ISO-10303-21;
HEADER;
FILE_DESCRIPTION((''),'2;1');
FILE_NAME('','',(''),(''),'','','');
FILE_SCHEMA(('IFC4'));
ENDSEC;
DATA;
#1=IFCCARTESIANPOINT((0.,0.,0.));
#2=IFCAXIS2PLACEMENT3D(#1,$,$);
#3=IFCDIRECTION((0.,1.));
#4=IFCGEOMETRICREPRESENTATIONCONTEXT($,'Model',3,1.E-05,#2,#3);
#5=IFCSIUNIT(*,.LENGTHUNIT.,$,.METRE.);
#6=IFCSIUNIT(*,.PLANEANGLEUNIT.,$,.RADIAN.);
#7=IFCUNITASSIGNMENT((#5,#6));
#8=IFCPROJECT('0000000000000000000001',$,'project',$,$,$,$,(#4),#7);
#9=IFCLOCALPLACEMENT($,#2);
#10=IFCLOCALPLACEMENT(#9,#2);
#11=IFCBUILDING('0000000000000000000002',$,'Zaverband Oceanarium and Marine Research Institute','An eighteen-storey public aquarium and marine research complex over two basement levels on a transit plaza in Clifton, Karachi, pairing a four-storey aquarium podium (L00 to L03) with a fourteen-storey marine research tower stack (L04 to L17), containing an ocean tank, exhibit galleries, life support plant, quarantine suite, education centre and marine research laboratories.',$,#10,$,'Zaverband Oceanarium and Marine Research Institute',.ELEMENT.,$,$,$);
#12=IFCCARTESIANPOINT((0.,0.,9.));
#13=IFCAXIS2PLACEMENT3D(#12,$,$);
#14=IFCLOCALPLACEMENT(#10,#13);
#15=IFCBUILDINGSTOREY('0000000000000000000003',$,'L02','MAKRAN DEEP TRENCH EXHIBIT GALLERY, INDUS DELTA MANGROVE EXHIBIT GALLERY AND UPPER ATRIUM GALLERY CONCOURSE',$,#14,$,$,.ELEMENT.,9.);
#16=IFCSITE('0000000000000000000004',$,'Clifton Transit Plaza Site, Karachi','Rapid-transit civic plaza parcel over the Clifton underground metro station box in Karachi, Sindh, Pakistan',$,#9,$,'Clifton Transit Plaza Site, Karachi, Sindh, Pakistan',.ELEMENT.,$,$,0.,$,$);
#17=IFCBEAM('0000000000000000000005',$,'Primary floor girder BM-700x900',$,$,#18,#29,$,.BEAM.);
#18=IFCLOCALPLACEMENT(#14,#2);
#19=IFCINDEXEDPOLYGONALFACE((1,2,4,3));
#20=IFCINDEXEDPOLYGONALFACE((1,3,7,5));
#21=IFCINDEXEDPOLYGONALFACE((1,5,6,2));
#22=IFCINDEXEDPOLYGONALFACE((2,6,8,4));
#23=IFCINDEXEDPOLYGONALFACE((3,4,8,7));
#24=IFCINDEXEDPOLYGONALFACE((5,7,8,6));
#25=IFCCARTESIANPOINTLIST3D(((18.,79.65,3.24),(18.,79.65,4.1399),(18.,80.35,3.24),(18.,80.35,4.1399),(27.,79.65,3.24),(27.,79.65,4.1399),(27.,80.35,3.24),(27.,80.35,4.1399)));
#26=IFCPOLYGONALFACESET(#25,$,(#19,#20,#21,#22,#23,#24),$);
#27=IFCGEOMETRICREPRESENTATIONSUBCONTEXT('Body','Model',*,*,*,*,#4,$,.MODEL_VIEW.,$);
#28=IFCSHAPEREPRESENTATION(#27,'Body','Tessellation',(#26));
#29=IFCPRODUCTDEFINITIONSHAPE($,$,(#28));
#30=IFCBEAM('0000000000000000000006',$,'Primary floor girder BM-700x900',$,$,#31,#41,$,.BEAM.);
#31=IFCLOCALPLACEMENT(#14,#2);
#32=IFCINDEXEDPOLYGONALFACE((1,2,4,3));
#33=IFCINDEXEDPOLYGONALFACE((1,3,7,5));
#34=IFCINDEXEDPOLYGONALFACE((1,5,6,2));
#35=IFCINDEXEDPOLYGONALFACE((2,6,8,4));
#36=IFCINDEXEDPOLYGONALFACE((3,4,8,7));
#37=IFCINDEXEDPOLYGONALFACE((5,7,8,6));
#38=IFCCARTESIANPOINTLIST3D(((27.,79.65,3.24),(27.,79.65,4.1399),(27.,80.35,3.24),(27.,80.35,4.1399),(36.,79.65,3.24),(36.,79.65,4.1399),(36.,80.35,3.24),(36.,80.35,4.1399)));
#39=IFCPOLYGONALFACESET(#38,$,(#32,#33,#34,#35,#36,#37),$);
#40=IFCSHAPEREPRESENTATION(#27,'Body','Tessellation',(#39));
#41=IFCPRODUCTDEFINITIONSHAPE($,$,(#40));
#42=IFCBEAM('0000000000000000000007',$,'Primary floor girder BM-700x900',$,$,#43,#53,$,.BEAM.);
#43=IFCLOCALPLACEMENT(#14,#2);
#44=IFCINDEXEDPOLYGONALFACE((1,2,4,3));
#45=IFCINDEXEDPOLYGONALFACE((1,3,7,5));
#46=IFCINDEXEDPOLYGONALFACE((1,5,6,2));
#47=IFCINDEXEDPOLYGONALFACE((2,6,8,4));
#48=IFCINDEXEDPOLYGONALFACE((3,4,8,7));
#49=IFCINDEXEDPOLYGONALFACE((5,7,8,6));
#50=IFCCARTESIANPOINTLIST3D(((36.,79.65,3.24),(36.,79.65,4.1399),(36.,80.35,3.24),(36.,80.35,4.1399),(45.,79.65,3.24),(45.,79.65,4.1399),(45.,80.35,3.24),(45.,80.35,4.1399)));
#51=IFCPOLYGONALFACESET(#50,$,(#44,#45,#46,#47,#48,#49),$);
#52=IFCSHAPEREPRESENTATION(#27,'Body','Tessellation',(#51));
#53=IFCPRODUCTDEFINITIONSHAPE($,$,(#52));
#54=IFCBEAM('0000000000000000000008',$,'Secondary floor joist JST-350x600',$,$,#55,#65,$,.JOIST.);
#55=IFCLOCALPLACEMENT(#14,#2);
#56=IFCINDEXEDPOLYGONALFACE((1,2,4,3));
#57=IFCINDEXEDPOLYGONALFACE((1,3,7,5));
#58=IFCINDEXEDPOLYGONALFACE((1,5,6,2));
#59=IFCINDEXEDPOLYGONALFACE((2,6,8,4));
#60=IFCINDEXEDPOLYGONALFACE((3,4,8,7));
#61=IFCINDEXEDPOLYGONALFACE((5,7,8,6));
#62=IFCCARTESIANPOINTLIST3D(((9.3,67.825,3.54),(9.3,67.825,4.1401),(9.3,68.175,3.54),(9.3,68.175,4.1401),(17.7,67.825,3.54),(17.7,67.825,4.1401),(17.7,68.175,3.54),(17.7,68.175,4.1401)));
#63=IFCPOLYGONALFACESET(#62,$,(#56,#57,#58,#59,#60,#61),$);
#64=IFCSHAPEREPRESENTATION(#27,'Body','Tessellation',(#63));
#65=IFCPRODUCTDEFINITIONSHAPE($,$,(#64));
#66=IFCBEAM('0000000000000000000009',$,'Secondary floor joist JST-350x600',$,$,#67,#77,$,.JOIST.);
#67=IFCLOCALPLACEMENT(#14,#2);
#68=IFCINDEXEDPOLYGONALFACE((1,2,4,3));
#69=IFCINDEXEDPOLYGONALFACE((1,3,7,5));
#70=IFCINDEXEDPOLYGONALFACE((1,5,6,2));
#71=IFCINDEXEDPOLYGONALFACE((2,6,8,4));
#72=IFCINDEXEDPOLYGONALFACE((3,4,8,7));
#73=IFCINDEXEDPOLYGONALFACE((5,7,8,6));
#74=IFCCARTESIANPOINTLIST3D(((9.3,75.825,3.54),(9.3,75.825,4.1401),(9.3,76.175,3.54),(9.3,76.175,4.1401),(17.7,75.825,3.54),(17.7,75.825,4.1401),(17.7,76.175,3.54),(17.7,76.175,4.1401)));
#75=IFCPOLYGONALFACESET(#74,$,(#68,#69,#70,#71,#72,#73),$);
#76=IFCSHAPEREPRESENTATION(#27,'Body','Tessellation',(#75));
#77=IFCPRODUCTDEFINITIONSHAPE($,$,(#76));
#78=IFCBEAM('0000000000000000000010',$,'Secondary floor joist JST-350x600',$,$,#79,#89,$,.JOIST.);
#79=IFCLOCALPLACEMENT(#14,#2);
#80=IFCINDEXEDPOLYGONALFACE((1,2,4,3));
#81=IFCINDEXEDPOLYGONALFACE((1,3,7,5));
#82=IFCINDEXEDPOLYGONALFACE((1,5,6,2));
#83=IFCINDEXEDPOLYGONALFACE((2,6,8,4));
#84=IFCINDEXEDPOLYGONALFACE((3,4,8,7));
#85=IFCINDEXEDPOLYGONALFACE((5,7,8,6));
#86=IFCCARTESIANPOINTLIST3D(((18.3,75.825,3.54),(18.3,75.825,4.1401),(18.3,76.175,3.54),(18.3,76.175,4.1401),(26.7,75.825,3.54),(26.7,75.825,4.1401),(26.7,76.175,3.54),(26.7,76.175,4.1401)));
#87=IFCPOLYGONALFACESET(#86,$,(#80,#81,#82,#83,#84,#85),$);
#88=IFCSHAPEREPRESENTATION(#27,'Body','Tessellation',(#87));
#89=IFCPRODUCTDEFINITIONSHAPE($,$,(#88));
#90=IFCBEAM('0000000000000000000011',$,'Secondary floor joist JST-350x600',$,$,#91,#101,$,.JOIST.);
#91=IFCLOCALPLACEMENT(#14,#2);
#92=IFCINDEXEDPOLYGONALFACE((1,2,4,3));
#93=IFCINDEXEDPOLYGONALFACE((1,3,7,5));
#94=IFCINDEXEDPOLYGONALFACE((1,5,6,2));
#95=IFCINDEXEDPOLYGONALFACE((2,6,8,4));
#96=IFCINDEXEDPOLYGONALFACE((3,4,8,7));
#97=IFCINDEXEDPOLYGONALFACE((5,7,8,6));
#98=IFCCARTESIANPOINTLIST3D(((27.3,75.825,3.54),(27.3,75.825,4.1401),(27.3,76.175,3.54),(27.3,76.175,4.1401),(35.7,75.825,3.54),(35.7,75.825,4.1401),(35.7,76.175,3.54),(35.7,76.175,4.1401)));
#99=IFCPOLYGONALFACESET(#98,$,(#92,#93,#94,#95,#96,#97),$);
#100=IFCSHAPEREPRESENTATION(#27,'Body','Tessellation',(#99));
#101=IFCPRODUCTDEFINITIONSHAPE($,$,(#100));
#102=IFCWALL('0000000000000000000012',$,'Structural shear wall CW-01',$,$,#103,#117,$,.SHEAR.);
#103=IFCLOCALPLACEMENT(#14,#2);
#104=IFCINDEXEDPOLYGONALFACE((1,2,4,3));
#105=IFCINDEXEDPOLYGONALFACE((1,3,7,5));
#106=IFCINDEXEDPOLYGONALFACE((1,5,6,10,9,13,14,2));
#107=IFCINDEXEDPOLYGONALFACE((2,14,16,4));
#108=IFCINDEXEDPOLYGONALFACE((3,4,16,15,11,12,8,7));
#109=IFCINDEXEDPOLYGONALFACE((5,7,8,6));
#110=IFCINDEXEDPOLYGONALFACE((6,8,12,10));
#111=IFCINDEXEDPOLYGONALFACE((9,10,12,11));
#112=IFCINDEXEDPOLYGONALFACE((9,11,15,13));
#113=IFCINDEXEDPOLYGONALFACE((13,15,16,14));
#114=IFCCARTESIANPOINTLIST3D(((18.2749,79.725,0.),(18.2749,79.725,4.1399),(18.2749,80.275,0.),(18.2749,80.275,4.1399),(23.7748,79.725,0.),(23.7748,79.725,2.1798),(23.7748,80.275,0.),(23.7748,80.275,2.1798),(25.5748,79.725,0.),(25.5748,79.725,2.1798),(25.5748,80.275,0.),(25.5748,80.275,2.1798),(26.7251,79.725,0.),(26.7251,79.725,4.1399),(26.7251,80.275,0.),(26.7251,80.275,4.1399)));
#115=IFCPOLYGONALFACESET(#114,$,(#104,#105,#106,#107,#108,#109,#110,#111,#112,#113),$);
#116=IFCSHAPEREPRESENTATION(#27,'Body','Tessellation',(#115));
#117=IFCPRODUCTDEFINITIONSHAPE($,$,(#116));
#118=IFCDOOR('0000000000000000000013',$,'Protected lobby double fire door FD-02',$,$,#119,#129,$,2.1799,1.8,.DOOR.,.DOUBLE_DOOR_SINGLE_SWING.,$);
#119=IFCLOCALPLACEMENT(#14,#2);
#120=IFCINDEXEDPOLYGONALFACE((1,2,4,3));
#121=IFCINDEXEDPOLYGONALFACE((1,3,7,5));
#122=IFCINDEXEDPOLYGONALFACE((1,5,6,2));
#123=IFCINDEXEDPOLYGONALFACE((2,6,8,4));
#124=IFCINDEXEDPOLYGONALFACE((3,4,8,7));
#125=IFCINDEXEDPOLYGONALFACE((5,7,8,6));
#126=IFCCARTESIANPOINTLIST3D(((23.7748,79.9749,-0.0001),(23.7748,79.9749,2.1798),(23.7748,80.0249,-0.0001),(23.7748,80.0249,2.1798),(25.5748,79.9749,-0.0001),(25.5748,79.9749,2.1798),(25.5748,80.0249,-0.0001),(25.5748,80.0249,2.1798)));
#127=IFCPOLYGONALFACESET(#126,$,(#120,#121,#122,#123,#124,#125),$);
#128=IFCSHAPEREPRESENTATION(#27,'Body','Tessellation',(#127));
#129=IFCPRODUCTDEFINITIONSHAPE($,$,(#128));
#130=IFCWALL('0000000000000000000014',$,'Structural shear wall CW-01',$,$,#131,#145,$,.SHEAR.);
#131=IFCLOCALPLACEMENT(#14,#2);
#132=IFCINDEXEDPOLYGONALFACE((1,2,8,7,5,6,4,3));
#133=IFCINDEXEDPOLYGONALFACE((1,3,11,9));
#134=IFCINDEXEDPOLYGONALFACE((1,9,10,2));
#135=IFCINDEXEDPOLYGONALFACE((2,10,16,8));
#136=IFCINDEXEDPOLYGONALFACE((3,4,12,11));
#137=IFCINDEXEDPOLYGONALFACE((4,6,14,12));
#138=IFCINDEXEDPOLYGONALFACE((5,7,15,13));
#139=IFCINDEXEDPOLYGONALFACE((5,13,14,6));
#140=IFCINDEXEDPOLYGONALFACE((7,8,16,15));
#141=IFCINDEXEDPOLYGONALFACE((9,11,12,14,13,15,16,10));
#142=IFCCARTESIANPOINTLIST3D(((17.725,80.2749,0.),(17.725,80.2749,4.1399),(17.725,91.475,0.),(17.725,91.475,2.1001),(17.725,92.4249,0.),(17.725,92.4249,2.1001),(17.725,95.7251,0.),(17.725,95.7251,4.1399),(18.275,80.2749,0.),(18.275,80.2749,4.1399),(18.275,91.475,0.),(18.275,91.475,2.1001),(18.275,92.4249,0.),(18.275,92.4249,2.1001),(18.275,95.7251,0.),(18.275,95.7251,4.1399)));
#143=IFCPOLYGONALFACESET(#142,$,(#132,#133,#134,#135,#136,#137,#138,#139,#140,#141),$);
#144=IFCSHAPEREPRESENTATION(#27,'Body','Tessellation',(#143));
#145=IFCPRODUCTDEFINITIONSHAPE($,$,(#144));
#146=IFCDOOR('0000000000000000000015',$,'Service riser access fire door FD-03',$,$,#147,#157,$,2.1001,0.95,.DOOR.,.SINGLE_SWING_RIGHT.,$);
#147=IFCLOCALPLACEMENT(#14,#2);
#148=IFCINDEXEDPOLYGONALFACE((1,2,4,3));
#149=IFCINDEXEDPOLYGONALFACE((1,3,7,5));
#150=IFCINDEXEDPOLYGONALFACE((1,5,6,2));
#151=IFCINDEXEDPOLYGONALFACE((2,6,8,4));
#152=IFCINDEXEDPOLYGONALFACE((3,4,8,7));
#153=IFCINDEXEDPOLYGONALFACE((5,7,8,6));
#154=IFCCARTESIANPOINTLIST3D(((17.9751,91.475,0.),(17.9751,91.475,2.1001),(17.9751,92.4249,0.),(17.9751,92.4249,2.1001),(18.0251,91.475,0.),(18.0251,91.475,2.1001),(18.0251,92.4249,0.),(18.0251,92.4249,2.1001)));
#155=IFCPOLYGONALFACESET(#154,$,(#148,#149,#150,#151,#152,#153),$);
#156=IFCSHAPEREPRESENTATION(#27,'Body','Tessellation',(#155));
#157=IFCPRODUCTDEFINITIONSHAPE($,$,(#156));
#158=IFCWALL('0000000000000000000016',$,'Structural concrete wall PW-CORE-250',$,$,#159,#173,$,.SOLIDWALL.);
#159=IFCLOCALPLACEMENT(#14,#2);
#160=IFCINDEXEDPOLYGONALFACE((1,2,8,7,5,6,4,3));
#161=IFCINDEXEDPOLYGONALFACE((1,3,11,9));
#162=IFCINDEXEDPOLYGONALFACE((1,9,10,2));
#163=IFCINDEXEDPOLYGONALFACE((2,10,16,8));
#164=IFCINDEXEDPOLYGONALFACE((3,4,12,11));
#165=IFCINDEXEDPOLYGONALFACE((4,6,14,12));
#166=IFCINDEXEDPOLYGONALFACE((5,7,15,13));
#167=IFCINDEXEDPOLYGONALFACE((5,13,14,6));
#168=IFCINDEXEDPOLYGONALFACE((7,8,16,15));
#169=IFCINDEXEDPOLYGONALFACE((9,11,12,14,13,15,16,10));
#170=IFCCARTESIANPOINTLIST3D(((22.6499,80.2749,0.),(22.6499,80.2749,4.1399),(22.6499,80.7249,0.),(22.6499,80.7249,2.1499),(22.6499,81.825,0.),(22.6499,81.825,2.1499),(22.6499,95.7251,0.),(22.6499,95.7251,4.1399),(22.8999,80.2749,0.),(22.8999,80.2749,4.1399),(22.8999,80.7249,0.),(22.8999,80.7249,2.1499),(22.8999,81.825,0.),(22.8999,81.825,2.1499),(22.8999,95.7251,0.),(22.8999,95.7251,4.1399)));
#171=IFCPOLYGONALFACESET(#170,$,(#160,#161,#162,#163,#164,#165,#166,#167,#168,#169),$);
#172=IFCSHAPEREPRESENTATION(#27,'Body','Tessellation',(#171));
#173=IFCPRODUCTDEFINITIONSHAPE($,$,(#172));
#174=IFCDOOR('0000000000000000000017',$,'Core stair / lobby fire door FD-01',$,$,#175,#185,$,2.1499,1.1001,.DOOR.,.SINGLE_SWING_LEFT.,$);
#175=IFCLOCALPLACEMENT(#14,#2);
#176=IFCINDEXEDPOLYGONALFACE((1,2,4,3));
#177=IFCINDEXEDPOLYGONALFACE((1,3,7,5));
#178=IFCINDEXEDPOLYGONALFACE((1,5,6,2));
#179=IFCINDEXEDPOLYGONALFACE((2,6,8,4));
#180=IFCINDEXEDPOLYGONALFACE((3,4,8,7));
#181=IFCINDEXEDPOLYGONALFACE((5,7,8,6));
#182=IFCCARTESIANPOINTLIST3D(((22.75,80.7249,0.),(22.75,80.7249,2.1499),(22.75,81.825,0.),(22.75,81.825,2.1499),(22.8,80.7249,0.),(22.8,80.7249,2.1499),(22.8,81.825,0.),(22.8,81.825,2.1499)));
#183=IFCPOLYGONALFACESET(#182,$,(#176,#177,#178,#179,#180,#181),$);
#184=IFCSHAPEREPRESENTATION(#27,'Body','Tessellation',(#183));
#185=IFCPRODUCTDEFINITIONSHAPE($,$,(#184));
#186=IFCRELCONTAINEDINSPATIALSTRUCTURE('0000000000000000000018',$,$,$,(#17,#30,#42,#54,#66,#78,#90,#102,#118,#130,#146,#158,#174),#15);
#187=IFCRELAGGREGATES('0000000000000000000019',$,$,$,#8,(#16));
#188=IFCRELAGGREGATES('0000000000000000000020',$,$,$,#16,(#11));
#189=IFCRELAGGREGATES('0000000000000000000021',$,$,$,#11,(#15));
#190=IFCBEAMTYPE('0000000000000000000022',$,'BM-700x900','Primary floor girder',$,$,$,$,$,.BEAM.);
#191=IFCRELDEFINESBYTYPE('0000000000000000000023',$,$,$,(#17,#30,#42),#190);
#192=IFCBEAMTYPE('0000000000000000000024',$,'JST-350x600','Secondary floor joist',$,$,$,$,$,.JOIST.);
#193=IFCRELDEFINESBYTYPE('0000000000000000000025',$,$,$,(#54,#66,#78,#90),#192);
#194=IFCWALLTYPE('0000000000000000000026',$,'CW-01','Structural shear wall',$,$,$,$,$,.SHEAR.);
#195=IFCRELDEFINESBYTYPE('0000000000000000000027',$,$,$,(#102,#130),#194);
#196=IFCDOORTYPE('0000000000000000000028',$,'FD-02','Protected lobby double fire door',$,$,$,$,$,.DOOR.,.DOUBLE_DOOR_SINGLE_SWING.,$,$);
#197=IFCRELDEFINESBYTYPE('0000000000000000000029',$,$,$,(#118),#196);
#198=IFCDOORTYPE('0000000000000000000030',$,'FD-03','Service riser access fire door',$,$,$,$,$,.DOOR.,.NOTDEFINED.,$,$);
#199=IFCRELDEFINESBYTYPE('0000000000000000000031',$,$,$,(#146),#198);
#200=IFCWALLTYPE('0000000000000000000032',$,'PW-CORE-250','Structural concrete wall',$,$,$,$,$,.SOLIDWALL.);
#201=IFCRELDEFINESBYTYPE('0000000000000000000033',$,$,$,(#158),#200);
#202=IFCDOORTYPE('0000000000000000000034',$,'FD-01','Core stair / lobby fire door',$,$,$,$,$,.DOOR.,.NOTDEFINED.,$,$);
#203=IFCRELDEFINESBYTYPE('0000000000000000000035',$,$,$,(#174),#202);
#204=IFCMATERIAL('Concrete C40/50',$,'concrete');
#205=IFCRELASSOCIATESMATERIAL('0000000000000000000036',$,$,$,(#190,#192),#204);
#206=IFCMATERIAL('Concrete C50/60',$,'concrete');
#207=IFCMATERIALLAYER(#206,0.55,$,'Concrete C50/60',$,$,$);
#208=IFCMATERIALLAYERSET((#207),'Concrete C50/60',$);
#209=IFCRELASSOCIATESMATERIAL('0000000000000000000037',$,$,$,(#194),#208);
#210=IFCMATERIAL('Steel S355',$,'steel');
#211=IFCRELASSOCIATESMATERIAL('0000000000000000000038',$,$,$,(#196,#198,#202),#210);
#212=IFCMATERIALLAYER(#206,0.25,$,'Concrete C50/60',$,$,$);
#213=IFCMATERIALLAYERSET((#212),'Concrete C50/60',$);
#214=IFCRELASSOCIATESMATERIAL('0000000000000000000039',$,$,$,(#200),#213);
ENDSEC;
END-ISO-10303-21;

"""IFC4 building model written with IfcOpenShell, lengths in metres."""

from ifc_helpers import new_model, si_unit, direction, frame, frame_2d, origin, origin_2d, place, context, subcontext, project, spatial, rectangle, extrude, material, layer, layer_set, material_profile, profile_set, type_object, element, fill, save


model = new_model("IFC4")

# Units and contexts
model_context = context("Model", 3, precision=1e-05, world=origin(), true_north=direction((0.0, 1.0)))
body_context = subcontext(model_context, "Body", "Model", "MODEL_VIEW")
ifc_project = project(units=[si_unit("LENGTHUNIT", "METRE"), si_unit("PLANEANGLEUNIT", "RADIAN")], contexts=[model_context])

# Site, building, storey
site_placement = place(None, origin())
site = spatial("IfcSite", under=ifc_project, at=site_placement, Name="Clifton Transit Plaza Site, Karachi", Description="Rapid-transit civic plaza parcel over the Clifton underground metro station box in Karachi, Sindh, Pakistan", LongName="Clifton Transit Plaza Site, Karachi, Sindh, Pakistan", CompositionType="ELEMENT", RefElevation=0.0)
building_placement = place(site_placement, origin())
building = spatial("IfcBuilding", under=site, at=building_placement, Name="Zaverband Oceanarium and Marine Research Institute", Description="An eighteen-storey public aquarium and marine research complex over two basement levels on a transit plaza in Clifton, Karachi, pairing a four-storey aquarium podium (L00 to L03) with a fourteen-storey marine research tower stack (L04 to L17), containing an ocean tank, exhibit galleries, life support plant, quarantine suite, education centre and marine research laboratories.", LongName="Zaverband Oceanarium and Marine Research Institute", CompositionType="ELEMENT")
storey_placement = place(building_placement, frame((0.0, 0.0, 9.0)))
storey = spatial("IfcBuildingStorey", under=building, at=storey_placement, Name="L02", Description="MAKRAN DEEP TRENCH EXHIBIT GALLERY, INDUS DELTA MANGROVE EXHIBIT GALLERY AND UPPER ATRIUM GALLERY CONCOURSE", CompositionType="ELEMENT", Elevation=9.0)

# Shared definitions
ifc_material_1 = material(Name="Concrete C50/60", Category="concrete")

# Beams
ifc_material_2 = material(Name="Concrete C40/50", Category="concrete")
ifc_material_profile_1 = material_profile(ifc_material_2, rectangle(XDim=0.7, YDim=0.8999, at=origin_2d()), Name="RC700x900")
ifc_profile_set_1 = profile_set([ifc_material_profile_1], Name="Concrete C40/50")
beam_type_1 = type_object("IfcBeamType", Name="BM-700x900", Description="Primary floor girder", PredefinedType="BEAM", material=ifc_profile_set_1)
for number, where, z_axis, x_axis, name in (
    (1, (18.0, 80.0, 3.6899), (1.0, 0.0, 0.0), (0.0, 1.0, 0.0), "Primary floor girder BM-700x900"),
    (2, (27.0, 80.0, 3.6899), (1.0, 0.0, 0.0), (0.0, 1.0, 0.0), "Primary floor girder BM-700x900"),
    (3, (36.0, 80.0, 3.6899), (1.0, 0.0, 0.0), (0.0, 1.0, 0.0), "Primary floor girder BM-700x900"),
):
    element("IfcBeam", number, at=place(storey_placement, frame(where, z_axis=z_axis, x_axis=x_axis)), inside=storey, type_object=beam_type_1, Name=name, PredefinedType="BEAM", context=body_context, shape_type="SweptSolid", body=[
        extrude(rectangle(XDim=0.7, YDim=0.8999, at=origin_2d()), origin(), (0.0, 0.0, 1.0), 9.0),
    ])
ifc_material_profile_2 = material_profile(ifc_material_2, rectangle(XDim=0.3501, YDim=0.6001, at=origin_2d()), Name="RC350x600")
ifc_profile_set_2 = profile_set([ifc_material_profile_2], Name="Concrete C40/50")
beam_type_2 = type_object("IfcBeamType", Name="JST-350x600", Description="Secondary floor joist", PredefinedType="JOIST", material=ifc_profile_set_2)
for number, where, z_axis, x_axis, name in (
    (4, (9.3, 68.0, 3.8401), (1.0, 0.0, 0.0), (0.0, 1.0, 0.0), "Secondary floor joist JST-350x600"),
    (5, (9.3, 76.0, 3.8401), (1.0, 0.0, 0.0), (0.0, 1.0, 0.0), "Secondary floor joist JST-350x600"),
    (6, (18.3, 76.0, 3.8401), (1.0, 0.0, 0.0), (0.0, 1.0, 0.0), "Secondary floor joist JST-350x600"),
    (7, (27.3, 76.0, 3.8401), (1.0, 0.0, 0.0), (0.0, 1.0, 0.0), "Secondary floor joist JST-350x600"),
):
    element("IfcBeam", number, at=place(storey_placement, frame(where, z_axis=z_axis, x_axis=x_axis)), inside=storey, type_object=beam_type_2, Name=name, PredefinedType="JOIST", context=body_context, shape_type="SweptSolid", body=[
        extrude(rectangle(XDim=0.3501, YDim=0.6001, at=origin_2d()), origin(), (0.0, 0.0, 1.0), 8.3999),
    ])

# Walls, openings, doors
ifc_layer_1 = layer(ifc_material_1, 0.55, Name="Concrete C50/60")
ifc_layer_set_1 = layer_set([ifc_layer_1], Name="Concrete C50/60")
wall_type_1 = type_object("IfcWallType", Name="CW-01", Description="Structural shear wall", PredefinedType="SHEAR", material=ifc_layer_set_1)
wall_1_placement = place(storey_placement, frame((18.2749, 80.0, 0.0), z_axis=(0.0, 0.0, 1.0), x_axis=(1.0, 0.0, 0.0)))
wall_1 = element("IfcWall", 8, at=wall_1_placement, inside=storey, type_object=wall_type_1, Name="Structural shear wall CW-01", PredefinedType="SHEAR", context=body_context, shape_type="SweptSolid", body=[
    extrude(rectangle(XDim=8.4502, YDim=0.55, at=frame_2d((4.2251, 0.0))), origin(), (0.0, 0.0, 1.0), 4.1399),
])
opening_1_placement = place(wall_1_placement, frame((5.5, 0.0, 0.0)))
opening_1 = element("IfcOpeningElement", 9, at=opening_1_placement, cuts=wall_1, PredefinedType="OPENING", context=body_context, shape_type="SweptSolid", body=[
    extrude(rectangle(XDim=1.8, YDim=2.1799, at=frame_2d((0.8999, 1.0898))), frame((0.0, 0.2871, 0.0), z_axis=(0.0, -1.0, 0.0), x_axis=(1.0, 0.0, 0.0)), (0.0, 0.0, 1.0), 0.574),
])
ifc_material_3 = material(Name="Steel S355", Category="steel")
door_type_1 = type_object("IfcDoorType", Name="FD-02", Description="Protected lobby double fire door", OperationType="DOUBLE_DOOR_SINGLE_SWING", PredefinedType="DOOR", material=ifc_material_3)
door_1_placement = place(opening_1_placement, origin())
door_1 = element("IfcDoor", 10, at=door_1_placement, inside=storey, type_object=door_type_1, Name="Protected lobby double fire door FD-02", OperationType="DOUBLE_DOOR_SINGLE_SWING", OverallHeight=2.1799, OverallWidth=1.8, PredefinedType="DOOR", context=body_context, shape_type="SweptSolid", body=[
    extrude(rectangle(XDim=1.8, YDim=2.1799, at=frame_2d((0.8999, 1.0898))), frame((0.0, 0.0249, 0.0), z_axis=(0.0, -1.0, 0.0), x_axis=(1.0, 0.0, 0.0)), (0.0, 0.0, 1.0), 0.05),
])
fill(opening_1, door_1)
wall_2_placement = place(storey_placement, frame((18.0, 80.2749, 0.0), z_axis=(0.0, 0.0, 1.0), x_axis=(0.0, 1.0, 0.0)))
wall_2 = element("IfcWall", 11, at=wall_2_placement, inside=storey, type_object=wall_type_1, Name="Structural shear wall CW-01", PredefinedType="SHEAR", context=body_context, shape_type="SweptSolid", body=[
    extrude(rectangle(XDim=15.4502, YDim=0.55, at=frame_2d((7.7251, 0.0))), origin(), (0.0, 0.0, 1.0), 4.1399),
])
opening_2_placement = place(wall_2_placement, frame((11.2, 0.0, 0.0)))
opening_2 = element("IfcOpeningElement", 12, at=opening_2_placement, cuts=wall_2, PredefinedType="OPENING", context=body_context, shape_type="SweptSolid", body=[
    extrude(rectangle(XDim=0.95, YDim=2.1001, at=frame_2d((0.4751, 1.05))), frame((0.0, 0.2871, 0.0), z_axis=(0.0, -1.0, 0.0), x_axis=(1.0, 0.0, 0.0)), (0.0, 0.0, 1.0), 0.574),
])
door_type_2 = type_object("IfcDoorType", Name="FD-03", Description="Service riser access fire door", OperationType="NOTDEFINED", PredefinedType="DOOR", material=ifc_material_3)
door_2_placement = place(opening_2_placement, origin())
door_2 = element("IfcDoor", 13, at=door_2_placement, inside=storey, type_object=door_type_2, Name="Service riser access fire door FD-03", OperationType="SINGLE_SWING_RIGHT", OverallHeight=2.1001, OverallWidth=0.95, PredefinedType="DOOR", context=body_context, shape_type="SweptSolid", body=[
    extrude(rectangle(XDim=0.95, YDim=2.1001, at=frame_2d((0.4751, 1.05))), frame((0.0, 0.0249, 0.0), z_axis=(0.0, -1.0, 0.0), x_axis=(1.0, 0.0, 0.0)), (0.0, 0.0, 1.0), 0.05),
])
fill(opening_2, door_2)

# Wall, opening, door
ifc_layer_2 = layer(ifc_material_1, 0.25, Name="Concrete C50/60")
ifc_layer_set_2 = layer_set([ifc_layer_2], Name="Concrete C50/60")
wall_type_2 = type_object("IfcWallType", Name="PW-CORE-250", Description="Structural concrete wall", PredefinedType="SOLIDWALL", material=ifc_layer_set_2)
wall_3_placement = place(storey_placement, frame((22.7749, 80.2749, 0.0), z_axis=(0.0, 0.0, 1.0), x_axis=(0.0, 1.0, 0.0)))
wall_3 = element("IfcWall", 14, at=wall_3_placement, inside=storey, type_object=wall_type_2, Name="Structural concrete wall PW-CORE-250", PredefinedType="SOLIDWALL", context=body_context, shape_type="SweptSolid", body=[
    extrude(rectangle(XDim=15.4502, YDim=0.25, at=frame_2d((7.7251, 0.0))), origin(), (0.0, 0.0, 1.0), 4.1399),
])
opening_3_placement = place(wall_3_placement, frame((0.45, 0.0, 0.0)))
opening_3 = element("IfcOpeningElement", 15, at=opening_3_placement, cuts=wall_3, PredefinedType="OPENING", context=body_context, shape_type="SweptSolid", body=[
    extrude(rectangle(XDim=1.1001, YDim=2.1499, at=frame_2d((0.55, 1.075))), frame((0.0, 0.137, 0.0), z_axis=(0.0, -1.0, 0.0), x_axis=(1.0, 0.0, 0.0)), (0.0, 0.0, 1.0), 0.2739),
])
door_type_3 = type_object("IfcDoorType", Name="FD-01", Description="Core stair / lobby fire door", OperationType="NOTDEFINED", PredefinedType="DOOR", material=ifc_material_3)
door_3_placement = place(opening_3_placement, origin())
door_3 = element("IfcDoor", 16, at=door_3_placement, inside=storey, type_object=door_type_3, Name="Core stair / lobby fire door FD-01", OperationType="SINGLE_SWING_LEFT", OverallHeight=2.1499, OverallWidth=1.1001, PredefinedType="DOOR", context=body_context, shape_type="SweptSolid", body=[
    extrude(rectangle(XDim=1.1001, YDim=2.1499, at=frame_2d((0.55, 1.075))), frame((0.0, 0.0249, 0.0), z_axis=(0.0, -1.0, 0.0), x_axis=(1.0, 0.0, 0.0)), (0.0, 0.0, 1.0), 0.05),
])
fill(opening_3, door_3)

save(model, "model.ifc")
